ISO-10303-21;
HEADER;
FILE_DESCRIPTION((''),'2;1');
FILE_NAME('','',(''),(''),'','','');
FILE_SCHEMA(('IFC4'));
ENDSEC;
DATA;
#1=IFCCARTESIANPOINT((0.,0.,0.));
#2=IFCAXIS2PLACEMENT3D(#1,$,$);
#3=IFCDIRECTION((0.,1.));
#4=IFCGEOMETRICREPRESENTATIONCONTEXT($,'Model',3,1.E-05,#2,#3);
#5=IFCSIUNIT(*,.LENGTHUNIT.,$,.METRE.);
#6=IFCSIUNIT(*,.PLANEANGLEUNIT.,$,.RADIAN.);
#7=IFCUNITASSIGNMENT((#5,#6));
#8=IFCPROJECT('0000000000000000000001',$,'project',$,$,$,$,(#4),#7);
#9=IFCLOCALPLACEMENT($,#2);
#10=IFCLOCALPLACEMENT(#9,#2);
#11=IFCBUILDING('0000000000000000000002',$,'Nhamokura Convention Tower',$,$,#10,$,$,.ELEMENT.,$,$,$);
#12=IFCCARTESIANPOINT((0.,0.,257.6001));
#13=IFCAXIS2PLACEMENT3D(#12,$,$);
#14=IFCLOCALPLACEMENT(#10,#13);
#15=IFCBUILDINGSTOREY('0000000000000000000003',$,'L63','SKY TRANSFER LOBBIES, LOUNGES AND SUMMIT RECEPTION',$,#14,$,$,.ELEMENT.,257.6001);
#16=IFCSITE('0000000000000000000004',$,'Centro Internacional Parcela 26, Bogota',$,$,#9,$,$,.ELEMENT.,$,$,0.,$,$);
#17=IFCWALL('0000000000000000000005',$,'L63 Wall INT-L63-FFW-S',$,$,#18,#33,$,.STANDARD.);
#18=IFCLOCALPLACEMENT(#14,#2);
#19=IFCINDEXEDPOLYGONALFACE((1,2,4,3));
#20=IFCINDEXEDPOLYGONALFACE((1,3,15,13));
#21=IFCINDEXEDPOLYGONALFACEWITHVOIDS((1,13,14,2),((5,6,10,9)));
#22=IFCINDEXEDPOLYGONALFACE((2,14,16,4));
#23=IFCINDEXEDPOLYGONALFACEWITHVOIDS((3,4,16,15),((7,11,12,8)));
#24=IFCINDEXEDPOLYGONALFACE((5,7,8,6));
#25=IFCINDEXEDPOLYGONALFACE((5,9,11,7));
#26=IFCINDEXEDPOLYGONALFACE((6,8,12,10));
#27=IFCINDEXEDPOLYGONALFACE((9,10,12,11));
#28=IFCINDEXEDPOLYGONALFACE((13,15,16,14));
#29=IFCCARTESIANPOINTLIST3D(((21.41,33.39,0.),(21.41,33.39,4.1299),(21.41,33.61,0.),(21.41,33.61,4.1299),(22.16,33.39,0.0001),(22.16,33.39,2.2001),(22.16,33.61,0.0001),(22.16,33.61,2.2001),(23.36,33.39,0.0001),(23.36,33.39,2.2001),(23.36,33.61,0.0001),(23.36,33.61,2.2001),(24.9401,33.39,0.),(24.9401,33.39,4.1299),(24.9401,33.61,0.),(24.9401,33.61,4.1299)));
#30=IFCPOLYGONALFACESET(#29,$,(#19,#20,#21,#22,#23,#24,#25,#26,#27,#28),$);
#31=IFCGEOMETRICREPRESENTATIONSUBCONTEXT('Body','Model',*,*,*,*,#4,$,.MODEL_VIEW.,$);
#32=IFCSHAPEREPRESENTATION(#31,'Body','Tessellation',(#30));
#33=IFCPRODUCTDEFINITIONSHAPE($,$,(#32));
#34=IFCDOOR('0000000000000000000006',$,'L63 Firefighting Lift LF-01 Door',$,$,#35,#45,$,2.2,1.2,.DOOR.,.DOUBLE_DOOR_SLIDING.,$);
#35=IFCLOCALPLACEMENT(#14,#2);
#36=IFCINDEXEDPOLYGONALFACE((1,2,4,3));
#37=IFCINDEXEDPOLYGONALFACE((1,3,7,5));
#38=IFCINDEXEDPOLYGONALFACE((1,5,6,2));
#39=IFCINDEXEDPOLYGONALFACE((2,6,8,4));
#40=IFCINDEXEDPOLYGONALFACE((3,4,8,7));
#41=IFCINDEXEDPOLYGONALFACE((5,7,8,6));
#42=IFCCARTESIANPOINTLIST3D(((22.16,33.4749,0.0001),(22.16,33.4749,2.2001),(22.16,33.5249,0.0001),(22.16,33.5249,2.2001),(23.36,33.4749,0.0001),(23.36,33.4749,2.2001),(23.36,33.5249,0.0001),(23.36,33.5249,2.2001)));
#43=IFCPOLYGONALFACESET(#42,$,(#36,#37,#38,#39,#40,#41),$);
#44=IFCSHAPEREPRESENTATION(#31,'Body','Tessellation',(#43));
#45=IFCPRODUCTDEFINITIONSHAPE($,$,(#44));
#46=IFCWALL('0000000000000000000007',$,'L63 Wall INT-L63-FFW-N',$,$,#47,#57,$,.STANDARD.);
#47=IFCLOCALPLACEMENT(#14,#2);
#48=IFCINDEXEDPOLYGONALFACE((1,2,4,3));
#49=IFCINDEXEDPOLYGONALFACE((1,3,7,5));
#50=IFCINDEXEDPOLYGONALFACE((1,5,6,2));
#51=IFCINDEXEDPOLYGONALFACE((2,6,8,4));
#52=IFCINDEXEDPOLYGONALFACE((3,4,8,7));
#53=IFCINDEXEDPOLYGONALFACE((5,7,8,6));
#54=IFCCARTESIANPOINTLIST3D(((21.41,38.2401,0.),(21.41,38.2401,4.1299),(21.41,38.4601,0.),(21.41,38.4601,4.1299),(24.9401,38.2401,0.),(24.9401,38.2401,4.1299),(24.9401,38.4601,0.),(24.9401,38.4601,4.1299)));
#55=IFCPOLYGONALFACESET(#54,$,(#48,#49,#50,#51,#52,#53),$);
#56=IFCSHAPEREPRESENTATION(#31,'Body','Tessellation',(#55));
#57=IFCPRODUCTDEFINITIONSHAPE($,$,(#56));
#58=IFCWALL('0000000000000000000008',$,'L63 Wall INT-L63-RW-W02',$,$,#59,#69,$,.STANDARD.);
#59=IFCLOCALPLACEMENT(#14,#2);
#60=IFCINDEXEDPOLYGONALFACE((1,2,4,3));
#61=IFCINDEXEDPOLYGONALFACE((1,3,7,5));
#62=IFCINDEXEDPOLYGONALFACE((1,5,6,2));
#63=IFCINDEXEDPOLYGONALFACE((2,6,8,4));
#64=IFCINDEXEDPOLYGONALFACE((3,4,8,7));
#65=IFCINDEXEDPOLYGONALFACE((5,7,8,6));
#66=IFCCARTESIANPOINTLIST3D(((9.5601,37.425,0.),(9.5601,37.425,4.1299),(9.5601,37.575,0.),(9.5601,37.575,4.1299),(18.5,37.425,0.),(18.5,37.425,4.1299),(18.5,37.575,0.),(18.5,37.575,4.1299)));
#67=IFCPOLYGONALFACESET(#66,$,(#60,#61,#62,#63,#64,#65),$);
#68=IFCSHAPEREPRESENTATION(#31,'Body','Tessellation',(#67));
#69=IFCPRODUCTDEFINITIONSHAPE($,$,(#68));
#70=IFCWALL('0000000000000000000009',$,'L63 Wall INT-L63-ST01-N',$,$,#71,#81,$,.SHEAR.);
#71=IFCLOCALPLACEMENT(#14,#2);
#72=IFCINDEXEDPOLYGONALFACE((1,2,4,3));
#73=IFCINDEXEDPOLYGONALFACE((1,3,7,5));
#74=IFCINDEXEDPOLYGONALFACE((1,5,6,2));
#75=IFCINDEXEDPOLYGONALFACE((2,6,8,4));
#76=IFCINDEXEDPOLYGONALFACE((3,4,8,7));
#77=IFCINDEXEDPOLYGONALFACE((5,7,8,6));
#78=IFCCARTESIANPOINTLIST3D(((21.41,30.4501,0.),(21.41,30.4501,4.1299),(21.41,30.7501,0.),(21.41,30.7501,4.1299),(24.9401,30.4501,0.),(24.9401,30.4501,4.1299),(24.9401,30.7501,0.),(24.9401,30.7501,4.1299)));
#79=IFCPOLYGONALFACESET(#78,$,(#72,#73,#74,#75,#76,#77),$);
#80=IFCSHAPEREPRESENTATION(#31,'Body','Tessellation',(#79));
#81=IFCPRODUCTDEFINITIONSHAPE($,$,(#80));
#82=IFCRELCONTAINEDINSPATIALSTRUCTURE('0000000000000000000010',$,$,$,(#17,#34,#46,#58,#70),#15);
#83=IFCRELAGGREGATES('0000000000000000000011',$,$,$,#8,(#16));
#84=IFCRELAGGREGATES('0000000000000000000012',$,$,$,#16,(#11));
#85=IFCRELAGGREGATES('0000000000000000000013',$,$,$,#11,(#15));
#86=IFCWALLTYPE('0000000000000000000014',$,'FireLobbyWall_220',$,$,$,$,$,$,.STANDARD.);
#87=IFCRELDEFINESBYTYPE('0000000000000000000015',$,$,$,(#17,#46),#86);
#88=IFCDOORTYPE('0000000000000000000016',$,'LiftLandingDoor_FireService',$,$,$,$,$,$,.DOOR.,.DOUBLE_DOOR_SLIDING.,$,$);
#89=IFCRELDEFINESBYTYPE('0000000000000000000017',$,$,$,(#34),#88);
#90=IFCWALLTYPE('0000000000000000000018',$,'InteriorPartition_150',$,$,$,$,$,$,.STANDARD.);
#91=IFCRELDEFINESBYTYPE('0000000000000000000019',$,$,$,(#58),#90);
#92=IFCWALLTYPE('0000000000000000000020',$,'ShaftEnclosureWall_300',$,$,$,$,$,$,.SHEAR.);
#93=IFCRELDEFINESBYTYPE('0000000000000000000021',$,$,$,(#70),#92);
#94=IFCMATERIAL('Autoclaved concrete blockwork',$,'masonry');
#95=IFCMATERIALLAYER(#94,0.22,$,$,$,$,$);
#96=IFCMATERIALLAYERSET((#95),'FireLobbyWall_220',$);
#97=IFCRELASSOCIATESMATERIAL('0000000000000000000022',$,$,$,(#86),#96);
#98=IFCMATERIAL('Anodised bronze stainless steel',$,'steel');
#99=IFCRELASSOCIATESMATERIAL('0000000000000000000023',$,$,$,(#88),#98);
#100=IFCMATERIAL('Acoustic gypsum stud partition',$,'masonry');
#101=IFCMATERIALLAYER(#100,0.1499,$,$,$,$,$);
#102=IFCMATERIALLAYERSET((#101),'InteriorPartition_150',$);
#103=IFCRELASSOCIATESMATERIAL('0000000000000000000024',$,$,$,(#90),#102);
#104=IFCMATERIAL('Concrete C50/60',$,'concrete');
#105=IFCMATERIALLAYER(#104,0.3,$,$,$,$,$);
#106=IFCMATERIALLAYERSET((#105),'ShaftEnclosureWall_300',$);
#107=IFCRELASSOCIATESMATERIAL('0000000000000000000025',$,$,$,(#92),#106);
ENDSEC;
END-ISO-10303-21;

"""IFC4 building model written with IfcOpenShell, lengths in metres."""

from ifc_helpers import new_model, si_unit, direction, frame, frame_2d, origin, place, context, subcontext, project, spatial, rectangle, extrude, material, layer, layer_set, type_object, element, fill, save


model = new_model("IFC4")

# Units and contexts
model_context = context("Model", 3, precision=1e-05, world=origin(), true_north=direction((0.0, 1.0)))
body_context = subcontext(model_context, "Body", "Model", "MODEL_VIEW")
ifc_project = project(units=[si_unit("LENGTHUNIT", "METRE"), si_unit("PLANEANGLEUNIT", "RADIAN")], contexts=[model_context])

# Site, building, storey
site_placement = place(None, origin())
site = spatial("IfcSite", under=ifc_project, at=site_placement, Name="Centro Internacional Parcela 26, Bogota", CompositionType="ELEMENT", RefElevation=0.0)
building_placement = place(site_placement, origin())
building = spatial("IfcBuilding", under=site, at=building_placement, Name="Nhamokura Convention Tower", CompositionType="ELEMENT")
storey_placement = place(building_placement, frame((0.0, 0.0, 257.6001)))
storey = spatial("IfcBuildingStorey", under=building, at=storey_placement, Name="L63", Description="SKY TRANSFER LOBBIES, LOUNGES AND SUMMIT RECEPTION", CompositionType="ELEMENT", Elevation=257.6001)

# Wall, opening, door
ifc_material_1 = material(Name="Autoclaved concrete blockwork", Category="masonry")
ifc_layer_1 = layer(ifc_material_1, 0.22)
ifc_layer_set_1 = layer_set([ifc_layer_1], Name="FireLobbyWall_220")
wall_type_1 = type_object("IfcWallType", Name="FireLobbyWall_220", PredefinedType="STANDARD", material=ifc_layer_set_1)
wall_1_placement = place(storey_placement, frame((21.4099, 33.5, 0.0), z_axis=(0.0, 0.0, 1.0), x_axis=(1.0, 0.0, 0.0)))
wall_1 = element("IfcWall", 1, at=wall_1_placement, inside=storey, type_object=wall_type_1, Name="L63 Wall INT-L63-FFW-S", PredefinedType="STANDARD", context=body_context, shape_type="SweptSolid", body=[
    extrude(rectangle(XDim=3.53, YDim=0.22, at=frame_2d((1.7651, 0.0))), origin(), (0.0, 0.0, 1.0), 4.1299),
])
opening_1_placement = place(wall_1_placement, frame((0.75, 0.0, 0.0)))
opening_1 = element("IfcOpeningElement", 2, at=opening_1_placement, cuts=wall_1, PredefinedType="OPENING", context=body_context, shape_type="SweptSolid", body=[
    extrude(rectangle(XDim=1.2, YDim=2.2, at=frame_2d((0.6001, 1.1001))), frame((0.0, 0.1199, 0.0), z_axis=(0.0, -1.0, 0.0), x_axis=(1.0, 0.0, 0.0)), (0.0, 0.0, 1.0), 0.24),
])
ifc_material_2 = material(Name="Anodised bronze stainless steel", Category="steel")
door_type_1 = type_object("IfcDoorType", Name="LiftLandingDoor_FireService", OperationType="DOUBLE_DOOR_SLIDING", PredefinedType="DOOR", material=ifc_material_2)
door_1_placement = place(opening_1_placement, origin())
door_1 = element("IfcDoor", 3, at=door_1_placement, inside=storey, type_object=door_type_1, Name="L63 Firefighting Lift LF-01 Door", OperationType="DOUBLE_DOOR_SLIDING", OverallHeight=2.2, OverallWidth=1.2, PredefinedType="DOOR", context=body_context, shape_type="SweptSolid", body=[
    extrude(rectangle(XDim=1.2, YDim=2.2, at=frame_2d((0.6001, 1.1001))), frame((0.0, 0.0249, 0.0), z_axis=(0.0, -1.0, 0.0), x_axis=(1.0, 0.0, 0.0)), (0.0, 0.0, 1.0), 0.05),
])
fill(opening_1, door_1)

# Walls
wall_2_placement = place(storey_placement, frame((21.4099, 38.3501, 0.0), z_axis=(0.0, 0.0, 1.0), x_axis=(1.0, 0.0, 0.0)))
element("IfcWall", 4, at=wall_2_placement, inside=storey, type_object=wall_type_1, Name="L63 Wall INT-L63-FFW-N", PredefinedType="STANDARD", context=body_context, shape_type="SweptSolid", body=[
    extrude(rectangle(XDim=3.53, YDim=0.22, at=frame_2d((1.7651, 0.0))), origin(), (0.0, 0.0, 1.0), 4.1299),
])
ifc_material_3 = material(Name="Acoustic gypsum stud partition", Category="masonry")
ifc_layer_2 = layer(ifc_material_3, 0.1499)
ifc_layer_set_2 = layer_set([ifc_layer_2], Name="InteriorPartition_150")
wall_type_2 = type_object("IfcWallType", Name="InteriorPartition_150", PredefinedType="STANDARD", material=ifc_layer_set_2)
wall_3_placement = place(storey_placement, frame((9.5601, 37.5, 0.0), z_axis=(0.0, 0.0, 1.0), x_axis=(1.0, 0.0, 0.0)))
element("IfcWall", 5, at=wall_3_placement, inside=storey, type_object=wall_type_2, Name="L63 Wall INT-L63-RW-W02", PredefinedType="STANDARD", context=body_context, shape_type="SweptSolid", body=[
    extrude(rectangle(XDim=8.9399, YDim=0.1499, at=frame_2d((4.47, 0.0))), origin(), (0.0, 0.0, 1.0), 4.1299),
])
ifc_material_4 = material(Name="Concrete C50/60", Category="concrete")
ifc_layer_3 = layer(ifc_material_4, 0.3)
ifc_layer_set_3 = layer_set([ifc_layer_3], Name="ShaftEnclosureWall_300")
wall_type_3 = type_object("IfcWallType", Name="ShaftEnclosureWall_300", PredefinedType="SHEAR", material=ifc_layer_set_3)
wall_4_placement = place(storey_placement, frame((21.4099, 30.6001, 0.0), z_axis=(0.0, 0.0, 1.0), x_axis=(1.0, 0.0, 0.0)))
element("IfcWall", 6, at=wall_4_placement, inside=storey, type_object=wall_type_3, Name="L63 Wall INT-L63-ST01-N", PredefinedType="SHEAR", context=body_context, shape_type="SweptSolid", body=[
    extrude(rectangle(XDim=3.53, YDim=0.3, at=frame_2d((1.7651, 0.0))), origin(), (0.0, 0.0, 1.0), 4.1299),
])

save(model, "model.ifc")
